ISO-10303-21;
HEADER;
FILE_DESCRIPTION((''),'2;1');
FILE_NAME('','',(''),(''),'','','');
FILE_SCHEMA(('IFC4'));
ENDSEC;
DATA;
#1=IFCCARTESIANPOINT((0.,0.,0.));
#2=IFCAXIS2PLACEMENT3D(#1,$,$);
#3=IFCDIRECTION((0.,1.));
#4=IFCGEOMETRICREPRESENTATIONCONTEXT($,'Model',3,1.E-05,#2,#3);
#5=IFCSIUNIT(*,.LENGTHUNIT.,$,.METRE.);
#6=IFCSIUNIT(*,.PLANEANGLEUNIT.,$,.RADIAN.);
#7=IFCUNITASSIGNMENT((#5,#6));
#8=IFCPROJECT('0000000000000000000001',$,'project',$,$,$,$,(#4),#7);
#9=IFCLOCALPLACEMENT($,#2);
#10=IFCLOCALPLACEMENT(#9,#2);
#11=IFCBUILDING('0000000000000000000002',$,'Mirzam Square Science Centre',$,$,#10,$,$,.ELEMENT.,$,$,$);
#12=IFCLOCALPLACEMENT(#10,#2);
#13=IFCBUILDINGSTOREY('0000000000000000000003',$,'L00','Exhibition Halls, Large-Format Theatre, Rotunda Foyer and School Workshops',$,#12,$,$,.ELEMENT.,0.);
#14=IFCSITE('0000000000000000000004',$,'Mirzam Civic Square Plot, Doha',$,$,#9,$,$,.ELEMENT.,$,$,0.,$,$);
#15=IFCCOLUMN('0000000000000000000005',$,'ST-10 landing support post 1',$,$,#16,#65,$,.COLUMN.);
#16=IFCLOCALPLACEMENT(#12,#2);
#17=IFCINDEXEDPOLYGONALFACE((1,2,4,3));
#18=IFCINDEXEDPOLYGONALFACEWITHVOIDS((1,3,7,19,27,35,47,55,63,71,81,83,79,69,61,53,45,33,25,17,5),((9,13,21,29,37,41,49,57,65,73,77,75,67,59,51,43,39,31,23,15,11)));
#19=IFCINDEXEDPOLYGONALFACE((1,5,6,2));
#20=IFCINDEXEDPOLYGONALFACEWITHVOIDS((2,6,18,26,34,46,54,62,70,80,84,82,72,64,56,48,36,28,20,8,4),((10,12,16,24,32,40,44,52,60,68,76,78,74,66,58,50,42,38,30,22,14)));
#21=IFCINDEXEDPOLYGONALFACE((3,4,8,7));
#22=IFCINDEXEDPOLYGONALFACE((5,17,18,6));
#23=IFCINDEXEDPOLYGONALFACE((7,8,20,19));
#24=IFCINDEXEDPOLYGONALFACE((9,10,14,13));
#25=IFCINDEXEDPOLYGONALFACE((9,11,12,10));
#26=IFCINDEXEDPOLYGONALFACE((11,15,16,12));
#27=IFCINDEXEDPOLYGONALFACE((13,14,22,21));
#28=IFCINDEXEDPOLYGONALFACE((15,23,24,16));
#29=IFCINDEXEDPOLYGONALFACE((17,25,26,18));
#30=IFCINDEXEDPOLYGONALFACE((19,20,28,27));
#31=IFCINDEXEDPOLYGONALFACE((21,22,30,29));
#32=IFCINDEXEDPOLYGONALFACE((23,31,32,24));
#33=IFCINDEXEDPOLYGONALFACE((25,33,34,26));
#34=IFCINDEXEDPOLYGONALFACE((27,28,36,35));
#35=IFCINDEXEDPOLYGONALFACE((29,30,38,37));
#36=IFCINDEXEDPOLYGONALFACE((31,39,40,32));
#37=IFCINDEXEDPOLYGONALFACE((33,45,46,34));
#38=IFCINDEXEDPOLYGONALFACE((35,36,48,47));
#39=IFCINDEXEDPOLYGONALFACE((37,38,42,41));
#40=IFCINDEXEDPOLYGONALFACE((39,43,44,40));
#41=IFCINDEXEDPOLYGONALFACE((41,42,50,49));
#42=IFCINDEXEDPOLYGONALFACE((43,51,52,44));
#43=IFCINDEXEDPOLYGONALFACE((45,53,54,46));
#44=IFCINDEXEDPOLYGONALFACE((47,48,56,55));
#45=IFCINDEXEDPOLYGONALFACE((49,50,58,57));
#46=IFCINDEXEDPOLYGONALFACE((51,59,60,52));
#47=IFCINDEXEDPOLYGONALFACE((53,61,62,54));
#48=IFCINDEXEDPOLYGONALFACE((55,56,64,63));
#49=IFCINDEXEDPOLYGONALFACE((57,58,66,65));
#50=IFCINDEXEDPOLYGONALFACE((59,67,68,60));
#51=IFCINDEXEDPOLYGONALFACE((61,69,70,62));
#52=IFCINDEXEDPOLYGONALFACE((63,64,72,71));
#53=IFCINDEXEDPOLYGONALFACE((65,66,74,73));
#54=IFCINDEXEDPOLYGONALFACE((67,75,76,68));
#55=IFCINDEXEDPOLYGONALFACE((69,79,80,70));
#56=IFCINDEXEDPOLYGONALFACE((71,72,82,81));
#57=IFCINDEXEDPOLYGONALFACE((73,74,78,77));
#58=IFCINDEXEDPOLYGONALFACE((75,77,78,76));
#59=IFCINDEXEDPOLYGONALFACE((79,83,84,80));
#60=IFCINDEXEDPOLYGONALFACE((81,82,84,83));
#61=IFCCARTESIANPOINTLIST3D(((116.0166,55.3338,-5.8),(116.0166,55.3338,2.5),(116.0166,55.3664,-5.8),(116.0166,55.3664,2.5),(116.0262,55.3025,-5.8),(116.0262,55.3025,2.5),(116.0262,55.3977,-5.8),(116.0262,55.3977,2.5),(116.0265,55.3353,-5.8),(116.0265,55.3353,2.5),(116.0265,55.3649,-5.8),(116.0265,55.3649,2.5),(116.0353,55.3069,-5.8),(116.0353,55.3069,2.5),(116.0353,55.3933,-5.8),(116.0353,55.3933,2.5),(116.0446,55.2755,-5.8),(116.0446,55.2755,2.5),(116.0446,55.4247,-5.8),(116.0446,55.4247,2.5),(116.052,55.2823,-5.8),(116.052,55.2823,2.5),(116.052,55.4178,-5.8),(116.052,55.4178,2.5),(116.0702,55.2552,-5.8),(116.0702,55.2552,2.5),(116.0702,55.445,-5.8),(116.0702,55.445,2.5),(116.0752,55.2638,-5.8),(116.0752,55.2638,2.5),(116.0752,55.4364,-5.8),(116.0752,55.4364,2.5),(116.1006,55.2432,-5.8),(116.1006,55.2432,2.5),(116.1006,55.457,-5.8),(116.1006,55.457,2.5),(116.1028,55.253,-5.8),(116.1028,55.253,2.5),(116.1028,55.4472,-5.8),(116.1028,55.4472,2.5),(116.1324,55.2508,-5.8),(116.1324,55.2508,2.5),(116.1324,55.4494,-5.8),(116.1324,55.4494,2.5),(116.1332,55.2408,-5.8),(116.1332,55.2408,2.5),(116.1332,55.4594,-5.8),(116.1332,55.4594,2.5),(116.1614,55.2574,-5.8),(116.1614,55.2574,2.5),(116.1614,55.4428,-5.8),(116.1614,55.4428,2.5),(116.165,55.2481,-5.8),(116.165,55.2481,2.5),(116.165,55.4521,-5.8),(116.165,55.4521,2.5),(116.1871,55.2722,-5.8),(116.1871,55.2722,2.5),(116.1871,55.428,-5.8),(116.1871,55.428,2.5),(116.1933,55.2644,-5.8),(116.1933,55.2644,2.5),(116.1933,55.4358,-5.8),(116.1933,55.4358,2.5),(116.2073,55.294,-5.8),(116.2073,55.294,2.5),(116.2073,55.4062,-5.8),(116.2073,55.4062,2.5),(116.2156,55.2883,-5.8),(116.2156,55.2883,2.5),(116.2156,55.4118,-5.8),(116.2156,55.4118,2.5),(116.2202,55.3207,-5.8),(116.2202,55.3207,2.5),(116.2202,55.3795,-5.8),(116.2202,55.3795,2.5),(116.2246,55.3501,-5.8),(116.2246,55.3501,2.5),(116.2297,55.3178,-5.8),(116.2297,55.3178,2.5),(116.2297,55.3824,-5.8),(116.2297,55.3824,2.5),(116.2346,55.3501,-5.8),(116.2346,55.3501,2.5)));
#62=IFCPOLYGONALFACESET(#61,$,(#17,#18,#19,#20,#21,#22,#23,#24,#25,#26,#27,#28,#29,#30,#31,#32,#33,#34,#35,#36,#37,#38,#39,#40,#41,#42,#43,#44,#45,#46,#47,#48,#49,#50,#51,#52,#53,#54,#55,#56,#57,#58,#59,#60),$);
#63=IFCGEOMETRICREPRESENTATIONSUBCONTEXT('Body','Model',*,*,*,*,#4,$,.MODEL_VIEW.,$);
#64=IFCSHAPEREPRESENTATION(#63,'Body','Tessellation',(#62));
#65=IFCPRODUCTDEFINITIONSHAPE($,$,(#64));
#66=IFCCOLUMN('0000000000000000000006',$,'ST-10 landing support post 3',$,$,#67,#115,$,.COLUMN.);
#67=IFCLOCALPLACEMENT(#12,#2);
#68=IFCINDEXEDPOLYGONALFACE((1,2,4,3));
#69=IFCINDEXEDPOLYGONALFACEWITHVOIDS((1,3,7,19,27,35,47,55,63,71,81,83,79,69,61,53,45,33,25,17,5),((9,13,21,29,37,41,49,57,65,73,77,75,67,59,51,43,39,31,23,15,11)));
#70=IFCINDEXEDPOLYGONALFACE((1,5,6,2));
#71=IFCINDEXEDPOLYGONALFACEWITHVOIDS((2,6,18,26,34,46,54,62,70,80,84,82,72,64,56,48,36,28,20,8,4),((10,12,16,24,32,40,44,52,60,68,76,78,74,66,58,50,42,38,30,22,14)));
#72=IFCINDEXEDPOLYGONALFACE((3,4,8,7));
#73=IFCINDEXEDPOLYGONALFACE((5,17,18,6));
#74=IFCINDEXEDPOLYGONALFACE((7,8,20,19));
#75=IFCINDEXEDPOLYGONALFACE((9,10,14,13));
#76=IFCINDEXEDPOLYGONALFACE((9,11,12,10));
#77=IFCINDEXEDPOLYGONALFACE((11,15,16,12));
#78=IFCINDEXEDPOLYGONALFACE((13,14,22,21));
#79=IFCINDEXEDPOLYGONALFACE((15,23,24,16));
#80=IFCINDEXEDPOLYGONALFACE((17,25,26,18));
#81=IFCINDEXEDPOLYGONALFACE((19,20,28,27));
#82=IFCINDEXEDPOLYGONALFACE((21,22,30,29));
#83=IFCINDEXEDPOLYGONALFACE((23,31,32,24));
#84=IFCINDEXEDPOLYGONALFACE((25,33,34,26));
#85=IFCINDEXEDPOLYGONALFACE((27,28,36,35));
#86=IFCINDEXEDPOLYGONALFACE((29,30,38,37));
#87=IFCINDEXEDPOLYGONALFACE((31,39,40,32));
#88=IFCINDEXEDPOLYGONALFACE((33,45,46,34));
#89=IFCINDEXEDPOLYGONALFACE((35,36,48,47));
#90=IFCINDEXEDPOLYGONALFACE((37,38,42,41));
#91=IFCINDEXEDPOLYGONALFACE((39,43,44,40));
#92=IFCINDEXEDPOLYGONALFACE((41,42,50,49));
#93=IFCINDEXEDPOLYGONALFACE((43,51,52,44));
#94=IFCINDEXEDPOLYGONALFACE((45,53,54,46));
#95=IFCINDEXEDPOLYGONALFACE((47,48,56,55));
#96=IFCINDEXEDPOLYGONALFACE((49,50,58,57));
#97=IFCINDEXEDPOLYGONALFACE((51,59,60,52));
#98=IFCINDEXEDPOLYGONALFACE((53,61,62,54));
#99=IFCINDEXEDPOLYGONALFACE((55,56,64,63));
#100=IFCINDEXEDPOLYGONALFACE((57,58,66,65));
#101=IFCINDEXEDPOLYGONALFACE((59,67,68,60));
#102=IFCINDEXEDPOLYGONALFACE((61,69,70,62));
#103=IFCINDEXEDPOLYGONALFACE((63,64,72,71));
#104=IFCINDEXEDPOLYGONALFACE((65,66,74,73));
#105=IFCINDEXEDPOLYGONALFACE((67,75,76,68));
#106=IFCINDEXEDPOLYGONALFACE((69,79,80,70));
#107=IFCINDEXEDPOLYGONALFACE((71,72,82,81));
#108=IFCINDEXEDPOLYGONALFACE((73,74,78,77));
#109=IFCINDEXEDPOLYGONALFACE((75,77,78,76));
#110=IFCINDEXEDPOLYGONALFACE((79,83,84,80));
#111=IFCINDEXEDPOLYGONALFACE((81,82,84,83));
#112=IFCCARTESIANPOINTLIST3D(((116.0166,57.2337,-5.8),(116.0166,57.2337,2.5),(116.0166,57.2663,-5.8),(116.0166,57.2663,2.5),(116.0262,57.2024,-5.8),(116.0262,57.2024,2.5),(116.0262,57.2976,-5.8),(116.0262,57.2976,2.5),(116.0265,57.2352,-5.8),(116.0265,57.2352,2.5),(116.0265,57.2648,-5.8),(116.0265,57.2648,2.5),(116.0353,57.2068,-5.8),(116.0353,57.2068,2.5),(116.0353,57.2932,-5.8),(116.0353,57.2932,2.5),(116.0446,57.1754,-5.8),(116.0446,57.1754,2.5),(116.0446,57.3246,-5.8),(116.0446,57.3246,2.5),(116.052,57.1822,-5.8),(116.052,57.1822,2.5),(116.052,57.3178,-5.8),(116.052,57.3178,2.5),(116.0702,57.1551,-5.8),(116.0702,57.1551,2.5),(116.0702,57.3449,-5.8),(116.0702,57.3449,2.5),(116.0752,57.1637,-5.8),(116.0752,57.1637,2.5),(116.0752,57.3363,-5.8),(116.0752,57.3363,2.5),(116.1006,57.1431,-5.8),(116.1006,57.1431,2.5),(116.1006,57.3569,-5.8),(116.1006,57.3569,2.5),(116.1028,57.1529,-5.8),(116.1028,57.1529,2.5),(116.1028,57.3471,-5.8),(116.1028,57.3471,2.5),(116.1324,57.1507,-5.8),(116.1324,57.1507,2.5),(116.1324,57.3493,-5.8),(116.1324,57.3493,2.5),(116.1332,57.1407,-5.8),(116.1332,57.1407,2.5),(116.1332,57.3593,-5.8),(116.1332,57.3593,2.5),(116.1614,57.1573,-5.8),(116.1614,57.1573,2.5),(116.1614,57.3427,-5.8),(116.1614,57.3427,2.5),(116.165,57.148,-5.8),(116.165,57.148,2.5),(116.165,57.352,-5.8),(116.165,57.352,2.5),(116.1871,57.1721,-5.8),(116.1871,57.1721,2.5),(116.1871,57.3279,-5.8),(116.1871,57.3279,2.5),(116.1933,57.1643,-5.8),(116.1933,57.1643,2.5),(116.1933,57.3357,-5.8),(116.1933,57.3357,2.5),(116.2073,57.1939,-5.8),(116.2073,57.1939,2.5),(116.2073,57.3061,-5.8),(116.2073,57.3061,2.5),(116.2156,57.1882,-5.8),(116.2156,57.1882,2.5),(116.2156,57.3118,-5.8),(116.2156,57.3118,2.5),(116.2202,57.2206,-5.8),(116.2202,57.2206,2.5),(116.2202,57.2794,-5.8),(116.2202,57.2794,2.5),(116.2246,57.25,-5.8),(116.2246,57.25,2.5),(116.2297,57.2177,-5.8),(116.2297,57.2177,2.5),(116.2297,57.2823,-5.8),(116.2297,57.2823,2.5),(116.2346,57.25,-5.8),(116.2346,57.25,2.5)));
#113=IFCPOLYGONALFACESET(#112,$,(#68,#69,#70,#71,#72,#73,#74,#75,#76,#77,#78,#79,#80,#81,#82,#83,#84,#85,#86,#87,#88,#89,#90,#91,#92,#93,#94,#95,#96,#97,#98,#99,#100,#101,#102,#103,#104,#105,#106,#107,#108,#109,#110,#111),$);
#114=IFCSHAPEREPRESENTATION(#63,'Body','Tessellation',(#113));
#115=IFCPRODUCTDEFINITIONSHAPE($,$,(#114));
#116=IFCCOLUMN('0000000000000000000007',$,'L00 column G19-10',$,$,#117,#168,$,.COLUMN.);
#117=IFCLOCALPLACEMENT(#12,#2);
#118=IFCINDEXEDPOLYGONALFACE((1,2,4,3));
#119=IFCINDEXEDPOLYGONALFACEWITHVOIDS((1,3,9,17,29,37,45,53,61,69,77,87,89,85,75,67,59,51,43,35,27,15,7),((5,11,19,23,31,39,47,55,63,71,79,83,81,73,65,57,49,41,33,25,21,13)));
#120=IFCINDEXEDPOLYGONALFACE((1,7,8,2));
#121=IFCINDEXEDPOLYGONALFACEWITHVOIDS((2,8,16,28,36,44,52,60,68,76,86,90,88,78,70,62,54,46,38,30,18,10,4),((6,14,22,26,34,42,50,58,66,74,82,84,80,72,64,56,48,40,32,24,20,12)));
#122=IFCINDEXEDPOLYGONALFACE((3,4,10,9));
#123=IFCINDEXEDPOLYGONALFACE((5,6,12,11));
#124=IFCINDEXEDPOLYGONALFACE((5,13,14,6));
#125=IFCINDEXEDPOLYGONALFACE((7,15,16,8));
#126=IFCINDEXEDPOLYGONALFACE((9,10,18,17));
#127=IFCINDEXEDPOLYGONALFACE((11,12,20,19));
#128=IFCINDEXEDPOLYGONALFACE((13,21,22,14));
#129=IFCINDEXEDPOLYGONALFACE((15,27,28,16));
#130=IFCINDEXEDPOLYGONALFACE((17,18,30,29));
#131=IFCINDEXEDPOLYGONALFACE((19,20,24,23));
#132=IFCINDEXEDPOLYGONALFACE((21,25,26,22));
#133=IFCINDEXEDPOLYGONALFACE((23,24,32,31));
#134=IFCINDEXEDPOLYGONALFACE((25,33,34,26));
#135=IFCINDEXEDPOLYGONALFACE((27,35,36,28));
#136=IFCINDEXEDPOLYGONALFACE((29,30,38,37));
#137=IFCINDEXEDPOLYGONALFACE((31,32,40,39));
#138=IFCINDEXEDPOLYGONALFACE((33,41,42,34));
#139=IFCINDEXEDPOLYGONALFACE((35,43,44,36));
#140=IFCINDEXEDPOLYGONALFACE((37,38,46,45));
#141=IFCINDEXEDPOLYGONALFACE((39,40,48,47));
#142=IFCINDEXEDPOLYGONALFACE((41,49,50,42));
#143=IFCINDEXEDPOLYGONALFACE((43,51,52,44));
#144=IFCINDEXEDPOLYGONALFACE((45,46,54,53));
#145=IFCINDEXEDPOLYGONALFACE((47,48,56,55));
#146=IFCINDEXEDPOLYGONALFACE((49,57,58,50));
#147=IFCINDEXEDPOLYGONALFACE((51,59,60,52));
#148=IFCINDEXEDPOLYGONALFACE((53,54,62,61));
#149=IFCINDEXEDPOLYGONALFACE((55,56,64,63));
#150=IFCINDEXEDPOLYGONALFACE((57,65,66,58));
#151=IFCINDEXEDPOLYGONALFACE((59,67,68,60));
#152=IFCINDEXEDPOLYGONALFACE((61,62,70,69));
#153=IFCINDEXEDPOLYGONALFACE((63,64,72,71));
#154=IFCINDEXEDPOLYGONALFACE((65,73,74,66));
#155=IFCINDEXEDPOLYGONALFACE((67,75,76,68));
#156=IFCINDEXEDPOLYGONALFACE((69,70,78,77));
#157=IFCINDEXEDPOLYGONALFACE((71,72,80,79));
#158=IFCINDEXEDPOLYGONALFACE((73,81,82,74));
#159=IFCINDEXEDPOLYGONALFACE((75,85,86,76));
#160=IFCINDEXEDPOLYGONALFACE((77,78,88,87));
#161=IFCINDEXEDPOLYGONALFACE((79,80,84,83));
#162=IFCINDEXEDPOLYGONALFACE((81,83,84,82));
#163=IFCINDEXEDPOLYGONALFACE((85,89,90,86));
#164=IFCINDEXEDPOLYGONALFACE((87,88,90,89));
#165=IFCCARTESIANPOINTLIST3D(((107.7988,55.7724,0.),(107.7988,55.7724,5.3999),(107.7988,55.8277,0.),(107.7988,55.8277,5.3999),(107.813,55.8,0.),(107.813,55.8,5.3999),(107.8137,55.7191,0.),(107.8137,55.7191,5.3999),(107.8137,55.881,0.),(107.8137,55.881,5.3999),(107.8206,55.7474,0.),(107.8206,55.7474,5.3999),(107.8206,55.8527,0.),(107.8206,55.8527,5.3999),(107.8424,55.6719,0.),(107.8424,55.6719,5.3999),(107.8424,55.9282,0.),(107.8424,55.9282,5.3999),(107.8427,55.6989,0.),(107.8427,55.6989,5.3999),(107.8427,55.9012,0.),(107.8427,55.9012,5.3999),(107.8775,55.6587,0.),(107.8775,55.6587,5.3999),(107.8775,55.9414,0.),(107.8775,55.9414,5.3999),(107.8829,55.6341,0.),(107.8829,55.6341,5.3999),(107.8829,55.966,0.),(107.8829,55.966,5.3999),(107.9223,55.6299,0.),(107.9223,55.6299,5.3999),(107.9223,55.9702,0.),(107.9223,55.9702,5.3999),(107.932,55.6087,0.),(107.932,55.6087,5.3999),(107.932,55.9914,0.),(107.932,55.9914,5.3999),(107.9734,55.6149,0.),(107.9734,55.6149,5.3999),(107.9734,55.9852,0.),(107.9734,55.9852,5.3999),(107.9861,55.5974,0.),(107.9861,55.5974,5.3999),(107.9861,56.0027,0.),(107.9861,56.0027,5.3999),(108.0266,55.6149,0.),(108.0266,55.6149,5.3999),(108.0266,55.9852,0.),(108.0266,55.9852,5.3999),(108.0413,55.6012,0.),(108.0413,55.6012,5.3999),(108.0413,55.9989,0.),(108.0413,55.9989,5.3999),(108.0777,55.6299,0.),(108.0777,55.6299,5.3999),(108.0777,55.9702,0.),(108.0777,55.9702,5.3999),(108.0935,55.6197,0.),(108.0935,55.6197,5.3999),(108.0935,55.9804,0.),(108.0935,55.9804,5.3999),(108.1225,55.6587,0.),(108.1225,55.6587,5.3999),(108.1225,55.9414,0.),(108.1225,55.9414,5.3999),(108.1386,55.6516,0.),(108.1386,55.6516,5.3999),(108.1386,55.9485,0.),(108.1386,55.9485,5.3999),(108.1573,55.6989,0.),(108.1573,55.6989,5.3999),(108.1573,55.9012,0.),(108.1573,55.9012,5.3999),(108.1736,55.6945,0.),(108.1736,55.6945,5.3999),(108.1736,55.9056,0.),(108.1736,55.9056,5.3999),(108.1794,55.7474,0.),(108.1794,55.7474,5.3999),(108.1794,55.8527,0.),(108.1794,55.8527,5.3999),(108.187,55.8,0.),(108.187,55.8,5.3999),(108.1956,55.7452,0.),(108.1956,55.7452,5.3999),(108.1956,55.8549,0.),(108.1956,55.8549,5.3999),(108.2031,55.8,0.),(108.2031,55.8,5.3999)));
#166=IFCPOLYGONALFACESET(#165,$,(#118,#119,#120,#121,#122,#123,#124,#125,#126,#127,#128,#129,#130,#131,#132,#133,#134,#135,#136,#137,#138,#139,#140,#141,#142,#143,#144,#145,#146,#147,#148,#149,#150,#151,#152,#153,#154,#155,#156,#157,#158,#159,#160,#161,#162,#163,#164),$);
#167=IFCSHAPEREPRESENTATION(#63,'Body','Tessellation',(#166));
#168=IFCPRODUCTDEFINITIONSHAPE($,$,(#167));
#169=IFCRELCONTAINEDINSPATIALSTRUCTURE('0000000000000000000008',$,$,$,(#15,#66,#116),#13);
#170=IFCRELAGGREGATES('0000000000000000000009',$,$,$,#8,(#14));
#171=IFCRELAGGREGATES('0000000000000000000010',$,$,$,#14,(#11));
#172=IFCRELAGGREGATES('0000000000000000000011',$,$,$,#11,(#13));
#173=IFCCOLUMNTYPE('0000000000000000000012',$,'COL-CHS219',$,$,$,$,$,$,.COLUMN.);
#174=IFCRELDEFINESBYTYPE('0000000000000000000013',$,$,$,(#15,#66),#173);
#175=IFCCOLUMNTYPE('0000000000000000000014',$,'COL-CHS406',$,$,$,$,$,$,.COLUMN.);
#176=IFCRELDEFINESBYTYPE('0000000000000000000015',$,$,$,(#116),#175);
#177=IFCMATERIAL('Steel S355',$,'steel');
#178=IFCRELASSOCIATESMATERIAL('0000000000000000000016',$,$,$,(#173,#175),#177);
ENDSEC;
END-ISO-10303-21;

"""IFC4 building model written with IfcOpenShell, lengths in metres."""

from ifc_helpers import new_model, si_unit, direction, frame, origin, origin_2d, place, context, subcontext, project, spatial, hollow_circle, extrude, material, material_profile, profile_set, type_object, element, save


model = new_model("IFC4")

# Units and contexts
model_context = context("Model", 3, precision=1e-05, world=origin(), true_north=direction((0.0, 1.0)))
body_context = subcontext(model_context, "Body", "Model", "MODEL_VIEW")
ifc_project = project(units=[si_unit("LENGTHUNIT", "METRE"), si_unit("PLANEANGLEUNIT", "RADIAN")], contexts=[model_context])

# Site, building, storey
site_placement = place(None, origin())
site = spatial("IfcSite", under=ifc_project, at=site_placement, Name="Mirzam Civic Square Plot, Doha", CompositionType="ELEMENT", RefElevation=0.0)
building_placement = place(site_placement, origin())
building = spatial("IfcBuilding", under=site, at=building_placement, Name="Mirzam Square Science Centre", CompositionType="ELEMENT")
storey_placement = place(building_placement, origin())
storey = spatial("IfcBuildingStorey", under=building, at=storey_placement, Name="L00", Description="Exhibition Halls, Large-Format Theatre, Rotunda Foyer and School Workshops", CompositionType="ELEMENT", Elevation=0.0)

# Columns
ifc_material_1 = material(Name="Steel S355", Category="steel")
ifc_material_profile_1 = material_profile(ifc_material_1, hollow_circle(Radius=0.1096, WallThickness=0.01, at=origin_2d()), Name="219.1x10.0CHS")
ifc_profile_set_1 = profile_set([ifc_material_profile_1], Name="Steel S355")
column_type_1 = type_object("IfcColumnType", Name="COL-CHS219", PredefinedType="COLUMN", material=ifc_profile_set_1)
for number, where, z_axis, x_axis, name in (
    (1, (116.125, 55.3501, -5.8), (0.0, 0.0, 1.0), (1.0, 0.0, 0.0), "ST-10 landing support post 1"),
    (2, (116.125, 57.25, -5.8), (0.0, 0.0, 1.0), (1.0, 0.0, 0.0), "ST-10 landing support post 3"),
):
    element("IfcColumn", number, at=place(storey_placement, frame(where, z_axis=z_axis, x_axis=x_axis)), inside=storey, type_object=column_type_1, Name=name, PredefinedType="COLUMN", context=body_context, shape_type="SweptSolid", body=[
        extrude(hollow_circle(Radius=0.1096, WallThickness=0.01, at=origin_2d()), origin(), (0.0, 0.0, 1.0), 8.3),
    ])
ifc_material_profile_2 = material_profile(ifc_material_1, hollow_circle(Radius=0.2031, WallThickness=0.0161, at=origin_2d()), Name="406.4x16.0CHS")
ifc_profile_set_2 = profile_set([ifc_material_profile_2], Name="Steel S355")
column_type_2 = type_object("IfcColumnType", Name="COL-CHS406", PredefinedType="COLUMN", material=ifc_profile_set_2)
column_1_placement = place(storey_placement, frame((108.0, 55.8, 0.0), z_axis=(0.0, 0.0, 1.0), x_axis=(1.0, 0.0, 0.0)))
element("IfcColumn", 3, at=column_1_placement, inside=storey, type_object=column_type_2, Name="L00 column G19-10", PredefinedType="COLUMN", context=body_context, shape_type="SweptSolid", body=[
    extrude(hollow_circle(Radius=0.2031, WallThickness=0.0161, at=origin_2d()), origin(), (0.0, 0.0, 1.0), 5.3999),
])

save(model, "model.ifc")
